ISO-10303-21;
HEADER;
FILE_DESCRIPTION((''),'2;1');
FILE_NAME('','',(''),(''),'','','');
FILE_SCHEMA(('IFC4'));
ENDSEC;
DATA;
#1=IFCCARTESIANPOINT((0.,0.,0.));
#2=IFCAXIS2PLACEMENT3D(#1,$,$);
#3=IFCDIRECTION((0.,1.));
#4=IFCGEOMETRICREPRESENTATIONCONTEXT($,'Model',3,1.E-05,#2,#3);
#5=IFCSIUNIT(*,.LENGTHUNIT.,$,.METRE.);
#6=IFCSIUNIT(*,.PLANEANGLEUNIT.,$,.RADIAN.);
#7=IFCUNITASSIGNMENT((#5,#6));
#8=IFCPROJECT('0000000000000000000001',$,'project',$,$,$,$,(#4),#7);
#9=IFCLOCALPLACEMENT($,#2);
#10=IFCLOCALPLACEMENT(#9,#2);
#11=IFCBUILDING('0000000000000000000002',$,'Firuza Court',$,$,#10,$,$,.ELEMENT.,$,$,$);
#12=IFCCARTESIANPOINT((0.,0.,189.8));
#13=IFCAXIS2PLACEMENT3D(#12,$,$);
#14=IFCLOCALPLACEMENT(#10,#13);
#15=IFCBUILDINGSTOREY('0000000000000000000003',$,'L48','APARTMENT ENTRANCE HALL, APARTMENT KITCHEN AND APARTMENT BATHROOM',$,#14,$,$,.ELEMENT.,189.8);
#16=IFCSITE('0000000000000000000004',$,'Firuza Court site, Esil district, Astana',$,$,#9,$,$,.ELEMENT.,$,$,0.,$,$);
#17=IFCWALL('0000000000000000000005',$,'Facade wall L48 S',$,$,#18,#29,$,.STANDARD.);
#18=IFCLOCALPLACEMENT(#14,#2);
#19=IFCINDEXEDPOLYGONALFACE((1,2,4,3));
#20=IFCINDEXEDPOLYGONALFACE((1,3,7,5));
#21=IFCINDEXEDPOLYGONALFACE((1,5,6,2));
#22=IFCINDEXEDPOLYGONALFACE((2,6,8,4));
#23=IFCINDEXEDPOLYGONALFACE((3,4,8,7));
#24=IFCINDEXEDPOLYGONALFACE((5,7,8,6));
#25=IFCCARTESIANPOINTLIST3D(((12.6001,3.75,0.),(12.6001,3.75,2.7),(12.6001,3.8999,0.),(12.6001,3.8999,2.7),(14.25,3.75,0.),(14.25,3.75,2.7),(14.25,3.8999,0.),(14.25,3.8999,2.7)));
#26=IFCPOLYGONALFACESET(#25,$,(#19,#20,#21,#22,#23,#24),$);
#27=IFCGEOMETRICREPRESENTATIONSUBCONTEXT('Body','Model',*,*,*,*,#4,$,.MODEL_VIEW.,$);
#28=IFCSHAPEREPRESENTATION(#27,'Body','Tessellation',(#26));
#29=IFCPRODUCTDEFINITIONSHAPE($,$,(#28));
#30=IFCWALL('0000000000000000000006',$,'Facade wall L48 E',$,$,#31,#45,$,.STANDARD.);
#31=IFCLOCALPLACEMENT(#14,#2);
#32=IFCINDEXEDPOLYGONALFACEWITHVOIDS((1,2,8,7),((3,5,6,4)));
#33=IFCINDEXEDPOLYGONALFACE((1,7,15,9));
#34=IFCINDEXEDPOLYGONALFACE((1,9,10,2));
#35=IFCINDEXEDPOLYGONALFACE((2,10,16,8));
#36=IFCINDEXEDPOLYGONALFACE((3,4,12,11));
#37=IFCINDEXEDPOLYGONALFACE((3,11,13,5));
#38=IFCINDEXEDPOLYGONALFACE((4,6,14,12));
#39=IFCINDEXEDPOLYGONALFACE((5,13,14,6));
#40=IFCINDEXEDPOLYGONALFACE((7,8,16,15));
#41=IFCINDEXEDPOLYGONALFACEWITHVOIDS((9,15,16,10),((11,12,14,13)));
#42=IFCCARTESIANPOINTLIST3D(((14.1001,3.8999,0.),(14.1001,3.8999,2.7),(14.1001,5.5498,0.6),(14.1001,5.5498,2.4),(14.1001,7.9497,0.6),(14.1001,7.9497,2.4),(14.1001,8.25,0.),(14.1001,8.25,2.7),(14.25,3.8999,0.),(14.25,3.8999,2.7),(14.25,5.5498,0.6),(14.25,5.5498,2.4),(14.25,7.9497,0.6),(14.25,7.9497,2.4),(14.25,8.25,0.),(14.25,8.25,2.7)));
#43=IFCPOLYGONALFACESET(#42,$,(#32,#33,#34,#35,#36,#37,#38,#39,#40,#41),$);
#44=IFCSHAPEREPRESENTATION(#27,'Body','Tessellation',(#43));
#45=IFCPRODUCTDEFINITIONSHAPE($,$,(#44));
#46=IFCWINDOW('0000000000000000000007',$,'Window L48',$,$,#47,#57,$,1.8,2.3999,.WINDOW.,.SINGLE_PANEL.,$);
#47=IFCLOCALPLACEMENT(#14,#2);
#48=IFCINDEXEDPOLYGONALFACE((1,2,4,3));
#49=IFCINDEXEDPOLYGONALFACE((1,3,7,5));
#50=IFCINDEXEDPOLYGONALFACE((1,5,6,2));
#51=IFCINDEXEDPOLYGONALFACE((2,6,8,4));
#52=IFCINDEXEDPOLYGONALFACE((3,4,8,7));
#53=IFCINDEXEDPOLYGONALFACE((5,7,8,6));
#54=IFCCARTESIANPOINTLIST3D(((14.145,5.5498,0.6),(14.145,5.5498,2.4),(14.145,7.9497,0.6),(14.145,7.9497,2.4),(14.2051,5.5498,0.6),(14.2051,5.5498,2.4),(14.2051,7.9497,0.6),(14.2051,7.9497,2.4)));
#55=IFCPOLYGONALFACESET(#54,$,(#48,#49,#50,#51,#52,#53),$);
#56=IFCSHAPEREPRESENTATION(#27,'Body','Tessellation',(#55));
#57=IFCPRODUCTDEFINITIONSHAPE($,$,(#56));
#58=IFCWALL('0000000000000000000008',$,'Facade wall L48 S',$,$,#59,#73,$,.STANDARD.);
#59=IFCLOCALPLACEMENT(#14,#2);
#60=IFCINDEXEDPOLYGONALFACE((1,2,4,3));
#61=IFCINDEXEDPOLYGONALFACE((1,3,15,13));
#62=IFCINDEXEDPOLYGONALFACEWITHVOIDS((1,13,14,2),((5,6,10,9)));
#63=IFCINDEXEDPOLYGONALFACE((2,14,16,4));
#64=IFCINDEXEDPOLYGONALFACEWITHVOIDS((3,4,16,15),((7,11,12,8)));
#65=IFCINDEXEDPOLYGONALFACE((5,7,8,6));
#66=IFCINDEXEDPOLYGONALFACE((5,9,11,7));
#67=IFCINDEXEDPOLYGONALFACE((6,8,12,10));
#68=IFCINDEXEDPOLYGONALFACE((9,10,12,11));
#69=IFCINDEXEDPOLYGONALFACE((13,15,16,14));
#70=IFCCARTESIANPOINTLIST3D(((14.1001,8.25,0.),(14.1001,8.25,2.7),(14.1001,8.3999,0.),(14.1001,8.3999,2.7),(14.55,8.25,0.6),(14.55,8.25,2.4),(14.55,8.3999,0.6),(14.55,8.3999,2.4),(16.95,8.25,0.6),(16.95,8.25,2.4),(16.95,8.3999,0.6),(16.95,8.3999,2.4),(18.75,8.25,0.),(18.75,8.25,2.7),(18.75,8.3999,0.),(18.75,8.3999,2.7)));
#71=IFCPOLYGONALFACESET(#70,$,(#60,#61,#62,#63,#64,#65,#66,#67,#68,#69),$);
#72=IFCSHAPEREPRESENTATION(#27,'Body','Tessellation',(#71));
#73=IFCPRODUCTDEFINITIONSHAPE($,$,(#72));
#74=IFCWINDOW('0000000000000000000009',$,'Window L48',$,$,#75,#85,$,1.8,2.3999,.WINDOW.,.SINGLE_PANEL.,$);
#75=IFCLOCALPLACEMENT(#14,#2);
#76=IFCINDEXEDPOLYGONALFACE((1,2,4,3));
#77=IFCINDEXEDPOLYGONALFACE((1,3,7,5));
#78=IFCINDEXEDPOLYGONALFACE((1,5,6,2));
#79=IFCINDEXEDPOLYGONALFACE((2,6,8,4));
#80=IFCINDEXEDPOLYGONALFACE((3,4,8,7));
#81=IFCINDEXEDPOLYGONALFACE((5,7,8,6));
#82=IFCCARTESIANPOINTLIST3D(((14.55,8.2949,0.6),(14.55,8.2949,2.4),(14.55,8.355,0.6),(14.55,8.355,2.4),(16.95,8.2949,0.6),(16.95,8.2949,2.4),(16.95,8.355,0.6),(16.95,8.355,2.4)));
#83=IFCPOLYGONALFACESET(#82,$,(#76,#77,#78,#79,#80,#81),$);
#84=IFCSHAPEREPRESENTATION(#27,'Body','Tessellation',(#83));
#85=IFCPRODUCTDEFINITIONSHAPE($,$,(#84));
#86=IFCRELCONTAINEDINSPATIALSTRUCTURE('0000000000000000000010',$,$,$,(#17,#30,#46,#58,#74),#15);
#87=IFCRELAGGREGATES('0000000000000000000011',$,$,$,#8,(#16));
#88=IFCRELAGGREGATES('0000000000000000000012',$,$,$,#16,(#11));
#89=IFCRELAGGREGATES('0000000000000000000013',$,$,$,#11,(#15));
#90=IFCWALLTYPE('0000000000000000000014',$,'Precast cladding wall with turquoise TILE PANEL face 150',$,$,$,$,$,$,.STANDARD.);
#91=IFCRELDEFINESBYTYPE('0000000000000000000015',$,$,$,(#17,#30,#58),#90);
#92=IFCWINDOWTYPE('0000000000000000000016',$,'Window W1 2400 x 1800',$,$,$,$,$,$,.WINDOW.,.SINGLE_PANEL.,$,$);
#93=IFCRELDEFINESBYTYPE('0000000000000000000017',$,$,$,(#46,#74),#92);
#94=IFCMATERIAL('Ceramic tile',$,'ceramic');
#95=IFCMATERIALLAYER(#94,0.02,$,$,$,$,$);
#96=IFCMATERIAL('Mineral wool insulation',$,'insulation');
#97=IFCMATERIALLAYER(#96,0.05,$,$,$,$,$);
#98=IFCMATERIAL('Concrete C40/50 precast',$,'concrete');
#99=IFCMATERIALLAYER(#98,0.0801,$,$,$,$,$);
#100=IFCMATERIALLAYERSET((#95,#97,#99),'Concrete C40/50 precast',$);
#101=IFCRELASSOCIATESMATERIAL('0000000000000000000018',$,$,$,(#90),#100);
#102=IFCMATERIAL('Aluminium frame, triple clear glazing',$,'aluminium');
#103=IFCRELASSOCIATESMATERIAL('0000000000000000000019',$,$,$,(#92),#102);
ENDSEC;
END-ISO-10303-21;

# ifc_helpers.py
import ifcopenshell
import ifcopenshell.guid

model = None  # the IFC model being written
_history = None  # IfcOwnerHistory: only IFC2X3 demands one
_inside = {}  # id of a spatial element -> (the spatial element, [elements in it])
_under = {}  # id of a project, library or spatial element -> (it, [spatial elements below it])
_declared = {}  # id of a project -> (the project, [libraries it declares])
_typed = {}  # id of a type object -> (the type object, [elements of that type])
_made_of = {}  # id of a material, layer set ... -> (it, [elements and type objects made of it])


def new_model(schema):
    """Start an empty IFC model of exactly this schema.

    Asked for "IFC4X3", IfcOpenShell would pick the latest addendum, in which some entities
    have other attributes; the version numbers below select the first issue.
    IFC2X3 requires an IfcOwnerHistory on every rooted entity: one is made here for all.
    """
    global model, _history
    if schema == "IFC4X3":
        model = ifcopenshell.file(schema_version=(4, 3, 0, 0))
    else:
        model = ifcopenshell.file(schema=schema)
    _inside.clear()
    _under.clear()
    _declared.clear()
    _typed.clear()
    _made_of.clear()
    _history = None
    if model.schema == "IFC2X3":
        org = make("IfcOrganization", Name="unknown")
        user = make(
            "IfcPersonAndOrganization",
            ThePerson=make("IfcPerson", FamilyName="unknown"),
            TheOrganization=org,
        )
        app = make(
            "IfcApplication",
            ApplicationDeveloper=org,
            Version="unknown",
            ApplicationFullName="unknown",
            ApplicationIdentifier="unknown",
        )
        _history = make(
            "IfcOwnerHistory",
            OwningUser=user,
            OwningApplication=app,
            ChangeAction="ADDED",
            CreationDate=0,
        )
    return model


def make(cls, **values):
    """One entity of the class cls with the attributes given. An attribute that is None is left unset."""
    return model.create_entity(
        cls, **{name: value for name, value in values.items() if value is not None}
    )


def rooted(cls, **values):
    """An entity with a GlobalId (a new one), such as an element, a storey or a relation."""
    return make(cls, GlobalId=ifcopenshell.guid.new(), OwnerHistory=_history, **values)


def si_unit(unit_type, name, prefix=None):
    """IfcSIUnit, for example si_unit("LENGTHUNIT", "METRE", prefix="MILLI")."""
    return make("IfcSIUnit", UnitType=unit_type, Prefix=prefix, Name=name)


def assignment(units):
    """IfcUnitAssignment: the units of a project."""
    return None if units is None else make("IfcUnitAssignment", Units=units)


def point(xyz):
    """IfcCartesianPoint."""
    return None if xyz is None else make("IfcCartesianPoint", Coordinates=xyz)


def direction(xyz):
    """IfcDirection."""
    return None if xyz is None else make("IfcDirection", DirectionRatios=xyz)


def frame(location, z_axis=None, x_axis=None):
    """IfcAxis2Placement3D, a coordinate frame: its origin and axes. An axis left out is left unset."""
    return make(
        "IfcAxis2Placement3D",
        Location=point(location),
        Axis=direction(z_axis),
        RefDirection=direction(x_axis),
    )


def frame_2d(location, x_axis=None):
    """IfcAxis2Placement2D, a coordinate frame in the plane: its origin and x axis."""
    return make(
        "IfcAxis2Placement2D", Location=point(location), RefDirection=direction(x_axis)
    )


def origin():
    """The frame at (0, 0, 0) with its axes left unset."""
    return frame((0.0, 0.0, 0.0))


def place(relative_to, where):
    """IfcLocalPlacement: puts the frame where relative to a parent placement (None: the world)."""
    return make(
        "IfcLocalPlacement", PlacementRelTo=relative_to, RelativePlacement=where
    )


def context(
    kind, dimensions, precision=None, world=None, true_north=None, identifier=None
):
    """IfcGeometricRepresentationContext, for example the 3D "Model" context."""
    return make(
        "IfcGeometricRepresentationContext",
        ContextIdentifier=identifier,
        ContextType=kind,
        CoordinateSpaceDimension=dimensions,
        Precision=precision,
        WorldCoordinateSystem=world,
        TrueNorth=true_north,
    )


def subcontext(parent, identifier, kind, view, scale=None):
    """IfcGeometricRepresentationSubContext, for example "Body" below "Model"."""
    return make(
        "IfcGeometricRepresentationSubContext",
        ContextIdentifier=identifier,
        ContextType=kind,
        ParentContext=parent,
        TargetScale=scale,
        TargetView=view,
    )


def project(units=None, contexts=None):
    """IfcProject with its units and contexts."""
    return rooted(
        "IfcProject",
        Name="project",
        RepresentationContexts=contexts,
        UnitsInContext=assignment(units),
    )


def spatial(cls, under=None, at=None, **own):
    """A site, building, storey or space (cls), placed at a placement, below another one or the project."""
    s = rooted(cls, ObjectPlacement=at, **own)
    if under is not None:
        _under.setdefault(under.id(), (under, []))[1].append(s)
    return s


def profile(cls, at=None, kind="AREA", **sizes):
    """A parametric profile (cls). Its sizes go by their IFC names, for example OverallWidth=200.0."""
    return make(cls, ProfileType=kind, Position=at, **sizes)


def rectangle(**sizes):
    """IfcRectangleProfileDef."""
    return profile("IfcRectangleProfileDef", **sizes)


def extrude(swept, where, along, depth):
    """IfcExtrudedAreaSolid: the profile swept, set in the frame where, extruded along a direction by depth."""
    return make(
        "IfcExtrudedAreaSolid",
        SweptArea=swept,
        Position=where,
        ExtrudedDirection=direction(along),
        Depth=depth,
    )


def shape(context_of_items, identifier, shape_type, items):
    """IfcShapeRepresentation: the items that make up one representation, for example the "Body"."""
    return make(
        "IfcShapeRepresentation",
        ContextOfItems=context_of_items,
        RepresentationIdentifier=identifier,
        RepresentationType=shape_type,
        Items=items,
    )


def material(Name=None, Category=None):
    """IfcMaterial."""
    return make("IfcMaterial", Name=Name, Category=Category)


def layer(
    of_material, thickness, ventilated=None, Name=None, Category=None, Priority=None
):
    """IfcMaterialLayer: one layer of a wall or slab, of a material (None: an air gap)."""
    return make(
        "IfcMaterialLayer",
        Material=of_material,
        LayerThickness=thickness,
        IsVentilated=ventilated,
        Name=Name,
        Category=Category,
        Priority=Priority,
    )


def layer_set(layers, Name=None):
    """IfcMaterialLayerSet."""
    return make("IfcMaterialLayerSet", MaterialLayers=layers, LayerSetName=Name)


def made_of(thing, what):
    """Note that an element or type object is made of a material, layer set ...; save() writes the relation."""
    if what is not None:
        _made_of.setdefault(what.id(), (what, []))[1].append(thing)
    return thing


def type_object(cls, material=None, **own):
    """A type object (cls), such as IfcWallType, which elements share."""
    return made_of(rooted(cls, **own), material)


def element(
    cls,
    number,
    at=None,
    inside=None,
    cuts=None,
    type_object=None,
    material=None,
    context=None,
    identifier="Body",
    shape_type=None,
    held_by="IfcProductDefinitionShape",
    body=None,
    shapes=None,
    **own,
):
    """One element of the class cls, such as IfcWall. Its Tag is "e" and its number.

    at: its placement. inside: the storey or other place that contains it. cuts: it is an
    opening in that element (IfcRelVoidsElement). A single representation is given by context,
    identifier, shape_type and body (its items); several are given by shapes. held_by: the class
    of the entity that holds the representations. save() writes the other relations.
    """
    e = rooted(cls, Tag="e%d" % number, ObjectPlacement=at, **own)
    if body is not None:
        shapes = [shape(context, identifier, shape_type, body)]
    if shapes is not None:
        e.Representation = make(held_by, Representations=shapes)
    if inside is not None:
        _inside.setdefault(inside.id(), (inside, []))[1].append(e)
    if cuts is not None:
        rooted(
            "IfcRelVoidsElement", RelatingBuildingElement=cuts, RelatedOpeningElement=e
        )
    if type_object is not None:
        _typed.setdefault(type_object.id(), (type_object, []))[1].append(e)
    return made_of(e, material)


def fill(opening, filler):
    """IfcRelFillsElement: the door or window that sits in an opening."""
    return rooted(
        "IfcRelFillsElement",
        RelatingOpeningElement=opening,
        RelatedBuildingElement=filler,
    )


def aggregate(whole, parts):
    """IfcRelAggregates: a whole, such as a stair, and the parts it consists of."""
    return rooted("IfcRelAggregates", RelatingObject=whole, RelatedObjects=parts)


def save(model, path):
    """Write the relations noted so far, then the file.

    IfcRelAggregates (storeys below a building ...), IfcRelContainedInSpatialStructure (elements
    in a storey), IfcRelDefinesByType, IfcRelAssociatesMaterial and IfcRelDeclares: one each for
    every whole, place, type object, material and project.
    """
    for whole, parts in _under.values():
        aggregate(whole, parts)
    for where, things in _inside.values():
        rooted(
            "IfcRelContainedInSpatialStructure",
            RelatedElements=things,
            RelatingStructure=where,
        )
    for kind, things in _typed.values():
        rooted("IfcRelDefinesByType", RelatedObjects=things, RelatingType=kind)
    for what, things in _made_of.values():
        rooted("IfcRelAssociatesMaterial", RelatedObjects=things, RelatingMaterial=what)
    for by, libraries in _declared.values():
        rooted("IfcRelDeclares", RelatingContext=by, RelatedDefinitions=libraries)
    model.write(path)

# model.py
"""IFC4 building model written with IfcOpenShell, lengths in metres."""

from ifc_helpers import new_model, si_unit, direction, frame, frame_2d, origin, place, context, subcontext, project, spatial, rectangle, extrude, material, layer, layer_set, type_object, element, fill, save


model = new_model("IFC4")

# Units and contexts
model_context = context("Model", 3, precision=1e-05, world=origin(), true_north=direction((0.0, 1.0)))
body_context = subcontext(model_context, "Body", "Model", "MODEL_VIEW")
ifc_project = project(units=[si_unit("LENGTHUNIT", "METRE"), si_unit("PLANEANGLEUNIT", "RADIAN")], contexts=[model_context])

# Site, building, storey
site_placement = place(None, origin())
site = spatial("IfcSite", under=ifc_project, at=site_placement, Name="Firuza Court site, Esil district, Astana", CompositionType="ELEMENT", RefElevation=0.0)
building_placement = place(site_placement, origin())
building = spatial("IfcBuilding", under=site, at=building_placement, Name="Firuza Court", CompositionType="ELEMENT")
storey_placement = place(building_placement, frame((0.0, 0.0, 189.8)))
storey = spatial("IfcBuildingStorey", under=building, at=storey_placement, Name="L48", Description="APARTMENT ENTRANCE HALL, APARTMENT KITCHEN AND APARTMENT BATHROOM", CompositionType="ELEMENT", Elevation=189.8)

# Wall
ifc_material_1 = material(Name="Ceramic tile", Category="ceramic")
ifc_layer_1 = layer(ifc_material_1, 0.02)
ifc_material_2 = material(Name="Mineral wool insulation", Category="insulation")
ifc_layer_2 = layer(ifc_material_2, 0.05)
ifc_material_3 = material(Name="Concrete C40/50 precast", Category="concrete")
ifc_layer_3 = layer(ifc_material_3, 0.0801)
ifc_layer_set_1 = layer_set([ifc_layer_1, ifc_layer_2, ifc_layer_3], Name="Concrete C40/50 precast")
wall_type_1 = type_object("IfcWallType", Name="Precast cladding wall with turquoise TILE PANEL face 150", PredefinedType="STANDARD", material=ifc_layer_set_1)
wall_1_placement = place(storey_placement, frame((12.6001, 3.825, 0.0), z_axis=(0.0, 0.0, 1.0), x_axis=(1.0, 0.0, 0.0)))
element("IfcWall", 1, at=wall_1_placement, inside=storey, type_object=wall_type_1, Name="Facade wall L48 S", PredefinedType="STANDARD", context=body_context, shape_type="SweptSolid", body=[
    extrude(rectangle(XDim=1.6499, YDim=0.1499, at=frame_2d((0.825, 0.0))), origin(), (0.0, 0.0, 1.0), 2.7),
])

# Walls, openings, windows
wall_2_placement = place(storey_placement, frame((14.175, 3.8999, 0.0), z_axis=(0.0, 0.0, 1.0), x_axis=(0.0, 1.0, 0.0)))
wall_2 = element("IfcWall", 2, at=wall_2_placement, inside=storey, type_object=wall_type_1, Name="Facade wall L48 E", PredefinedType="STANDARD", context=body_context, shape_type="SweptSolid", body=[
    extrude(rectangle(XDim=4.3501, YDim=0.1499, at=frame_2d((2.175, 0.0))), origin(), (0.0, 0.0, 1.0), 2.7),
])
opening_1_placement = place(wall_2_placement, frame((1.6499, 0.0, 0.6001)))
opening_1 = element("IfcOpeningElement", 3, at=opening_1_placement, cuts=wall_2, PredefinedType="OPENING", context=body_context, shape_type="SweptSolid", body=[
    extrude(rectangle(XDim=2.3999, YDim=1.8, at=frame_2d((1.2, 0.8999))), frame((0.0, 0.0869, 0.0), z_axis=(0.0, -1.0, 0.0), x_axis=(1.0, 0.0, 0.0)), (0.0, 0.0, 1.0), 0.1738),
])
ifc_material_4 = material(Name="Aluminium frame, triple clear glazing", Category="aluminium")
window_type = type_object("IfcWindowType", Name="Window W1 2400 x 1800", PartitioningType="SINGLE_PANEL", PredefinedType="WINDOW", material=ifc_material_4)
window_1_placement = place(opening_1_placement, origin())
window_1 = element("IfcWindow", 4, at=window_1_placement, inside=storey, type_object=window_type, Name="Window L48", OverallHeight=1.8, OverallWidth=2.3999, PartitioningType="SINGLE_PANEL", PredefinedType="WINDOW", context=body_context, shape_type="SweptSolid", body=[
    extrude(rectangle(XDim=2.3999, YDim=1.8, at=frame_2d((1.2, 0.8999))), frame((0.0, 0.03, 0.0), z_axis=(0.0, -1.0, 0.0), x_axis=(1.0, 0.0, 0.0)), (0.0, 0.0, 1.0), 0.0601),
])
fill(opening_1, window_1)
wall_3_placement = place(storey_placement, frame((14.1001, 8.325, 0.0), z_axis=(0.0, 0.0, 1.0), x_axis=(1.0, 0.0, 0.0)))
wall_3 = element("IfcWall", 5, at=wall_3_placement, inside=storey, type_object=wall_type_1, Name="Facade wall L48 S", PredefinedType="STANDARD", context=body_context, shape_type="SweptSolid", body=[
    extrude(rectangle(XDim=4.6499, YDim=0.1499, at=frame_2d((2.325, 0.0))), origin(), (0.0, 0.0, 1.0), 2.7),
])
opening_2_placement = place(wall_3_placement, frame((0.45, 0.0, 0.6001)))
opening_2 = element("IfcOpeningElement", 6, at=opening_2_placement, cuts=wall_3, PredefinedType="OPENING", context=body_context, shape_type="SweptSolid", body=[
    extrude(rectangle(XDim=2.3999, YDim=1.8, at=frame_2d((1.2, 0.8999))), frame((0.0, 0.0869, 0.0), z_axis=(0.0, -1.0, 0.0), x_axis=(1.0, 0.0, 0.0)), (0.0, 0.0, 1.0), 0.1738),
])
window_2_placement = place(opening_2_placement, origin())
window_2 = element("IfcWindow", 7, at=window_2_placement, inside=storey, type_object=window_type, Name="Window L48", OverallHeight=1.8, OverallWidth=2.3999, PartitioningType="SINGLE_PANEL", PredefinedType="WINDOW", context=body_context, shape_type="SweptSolid", body=[
    extrude(rectangle(XDim=2.3999, YDim=1.8, at=frame_2d((1.2, 0.8999))), frame((0.0, 0.03, 0.0), z_axis=(0.0, -1.0, 0.0), x_axis=(1.0, 0.0, 0.0)), (0.0, 0.0, 1.0), 0.0601),
])
fill(opening_2, window_2)

save(model, "model.ifc")
